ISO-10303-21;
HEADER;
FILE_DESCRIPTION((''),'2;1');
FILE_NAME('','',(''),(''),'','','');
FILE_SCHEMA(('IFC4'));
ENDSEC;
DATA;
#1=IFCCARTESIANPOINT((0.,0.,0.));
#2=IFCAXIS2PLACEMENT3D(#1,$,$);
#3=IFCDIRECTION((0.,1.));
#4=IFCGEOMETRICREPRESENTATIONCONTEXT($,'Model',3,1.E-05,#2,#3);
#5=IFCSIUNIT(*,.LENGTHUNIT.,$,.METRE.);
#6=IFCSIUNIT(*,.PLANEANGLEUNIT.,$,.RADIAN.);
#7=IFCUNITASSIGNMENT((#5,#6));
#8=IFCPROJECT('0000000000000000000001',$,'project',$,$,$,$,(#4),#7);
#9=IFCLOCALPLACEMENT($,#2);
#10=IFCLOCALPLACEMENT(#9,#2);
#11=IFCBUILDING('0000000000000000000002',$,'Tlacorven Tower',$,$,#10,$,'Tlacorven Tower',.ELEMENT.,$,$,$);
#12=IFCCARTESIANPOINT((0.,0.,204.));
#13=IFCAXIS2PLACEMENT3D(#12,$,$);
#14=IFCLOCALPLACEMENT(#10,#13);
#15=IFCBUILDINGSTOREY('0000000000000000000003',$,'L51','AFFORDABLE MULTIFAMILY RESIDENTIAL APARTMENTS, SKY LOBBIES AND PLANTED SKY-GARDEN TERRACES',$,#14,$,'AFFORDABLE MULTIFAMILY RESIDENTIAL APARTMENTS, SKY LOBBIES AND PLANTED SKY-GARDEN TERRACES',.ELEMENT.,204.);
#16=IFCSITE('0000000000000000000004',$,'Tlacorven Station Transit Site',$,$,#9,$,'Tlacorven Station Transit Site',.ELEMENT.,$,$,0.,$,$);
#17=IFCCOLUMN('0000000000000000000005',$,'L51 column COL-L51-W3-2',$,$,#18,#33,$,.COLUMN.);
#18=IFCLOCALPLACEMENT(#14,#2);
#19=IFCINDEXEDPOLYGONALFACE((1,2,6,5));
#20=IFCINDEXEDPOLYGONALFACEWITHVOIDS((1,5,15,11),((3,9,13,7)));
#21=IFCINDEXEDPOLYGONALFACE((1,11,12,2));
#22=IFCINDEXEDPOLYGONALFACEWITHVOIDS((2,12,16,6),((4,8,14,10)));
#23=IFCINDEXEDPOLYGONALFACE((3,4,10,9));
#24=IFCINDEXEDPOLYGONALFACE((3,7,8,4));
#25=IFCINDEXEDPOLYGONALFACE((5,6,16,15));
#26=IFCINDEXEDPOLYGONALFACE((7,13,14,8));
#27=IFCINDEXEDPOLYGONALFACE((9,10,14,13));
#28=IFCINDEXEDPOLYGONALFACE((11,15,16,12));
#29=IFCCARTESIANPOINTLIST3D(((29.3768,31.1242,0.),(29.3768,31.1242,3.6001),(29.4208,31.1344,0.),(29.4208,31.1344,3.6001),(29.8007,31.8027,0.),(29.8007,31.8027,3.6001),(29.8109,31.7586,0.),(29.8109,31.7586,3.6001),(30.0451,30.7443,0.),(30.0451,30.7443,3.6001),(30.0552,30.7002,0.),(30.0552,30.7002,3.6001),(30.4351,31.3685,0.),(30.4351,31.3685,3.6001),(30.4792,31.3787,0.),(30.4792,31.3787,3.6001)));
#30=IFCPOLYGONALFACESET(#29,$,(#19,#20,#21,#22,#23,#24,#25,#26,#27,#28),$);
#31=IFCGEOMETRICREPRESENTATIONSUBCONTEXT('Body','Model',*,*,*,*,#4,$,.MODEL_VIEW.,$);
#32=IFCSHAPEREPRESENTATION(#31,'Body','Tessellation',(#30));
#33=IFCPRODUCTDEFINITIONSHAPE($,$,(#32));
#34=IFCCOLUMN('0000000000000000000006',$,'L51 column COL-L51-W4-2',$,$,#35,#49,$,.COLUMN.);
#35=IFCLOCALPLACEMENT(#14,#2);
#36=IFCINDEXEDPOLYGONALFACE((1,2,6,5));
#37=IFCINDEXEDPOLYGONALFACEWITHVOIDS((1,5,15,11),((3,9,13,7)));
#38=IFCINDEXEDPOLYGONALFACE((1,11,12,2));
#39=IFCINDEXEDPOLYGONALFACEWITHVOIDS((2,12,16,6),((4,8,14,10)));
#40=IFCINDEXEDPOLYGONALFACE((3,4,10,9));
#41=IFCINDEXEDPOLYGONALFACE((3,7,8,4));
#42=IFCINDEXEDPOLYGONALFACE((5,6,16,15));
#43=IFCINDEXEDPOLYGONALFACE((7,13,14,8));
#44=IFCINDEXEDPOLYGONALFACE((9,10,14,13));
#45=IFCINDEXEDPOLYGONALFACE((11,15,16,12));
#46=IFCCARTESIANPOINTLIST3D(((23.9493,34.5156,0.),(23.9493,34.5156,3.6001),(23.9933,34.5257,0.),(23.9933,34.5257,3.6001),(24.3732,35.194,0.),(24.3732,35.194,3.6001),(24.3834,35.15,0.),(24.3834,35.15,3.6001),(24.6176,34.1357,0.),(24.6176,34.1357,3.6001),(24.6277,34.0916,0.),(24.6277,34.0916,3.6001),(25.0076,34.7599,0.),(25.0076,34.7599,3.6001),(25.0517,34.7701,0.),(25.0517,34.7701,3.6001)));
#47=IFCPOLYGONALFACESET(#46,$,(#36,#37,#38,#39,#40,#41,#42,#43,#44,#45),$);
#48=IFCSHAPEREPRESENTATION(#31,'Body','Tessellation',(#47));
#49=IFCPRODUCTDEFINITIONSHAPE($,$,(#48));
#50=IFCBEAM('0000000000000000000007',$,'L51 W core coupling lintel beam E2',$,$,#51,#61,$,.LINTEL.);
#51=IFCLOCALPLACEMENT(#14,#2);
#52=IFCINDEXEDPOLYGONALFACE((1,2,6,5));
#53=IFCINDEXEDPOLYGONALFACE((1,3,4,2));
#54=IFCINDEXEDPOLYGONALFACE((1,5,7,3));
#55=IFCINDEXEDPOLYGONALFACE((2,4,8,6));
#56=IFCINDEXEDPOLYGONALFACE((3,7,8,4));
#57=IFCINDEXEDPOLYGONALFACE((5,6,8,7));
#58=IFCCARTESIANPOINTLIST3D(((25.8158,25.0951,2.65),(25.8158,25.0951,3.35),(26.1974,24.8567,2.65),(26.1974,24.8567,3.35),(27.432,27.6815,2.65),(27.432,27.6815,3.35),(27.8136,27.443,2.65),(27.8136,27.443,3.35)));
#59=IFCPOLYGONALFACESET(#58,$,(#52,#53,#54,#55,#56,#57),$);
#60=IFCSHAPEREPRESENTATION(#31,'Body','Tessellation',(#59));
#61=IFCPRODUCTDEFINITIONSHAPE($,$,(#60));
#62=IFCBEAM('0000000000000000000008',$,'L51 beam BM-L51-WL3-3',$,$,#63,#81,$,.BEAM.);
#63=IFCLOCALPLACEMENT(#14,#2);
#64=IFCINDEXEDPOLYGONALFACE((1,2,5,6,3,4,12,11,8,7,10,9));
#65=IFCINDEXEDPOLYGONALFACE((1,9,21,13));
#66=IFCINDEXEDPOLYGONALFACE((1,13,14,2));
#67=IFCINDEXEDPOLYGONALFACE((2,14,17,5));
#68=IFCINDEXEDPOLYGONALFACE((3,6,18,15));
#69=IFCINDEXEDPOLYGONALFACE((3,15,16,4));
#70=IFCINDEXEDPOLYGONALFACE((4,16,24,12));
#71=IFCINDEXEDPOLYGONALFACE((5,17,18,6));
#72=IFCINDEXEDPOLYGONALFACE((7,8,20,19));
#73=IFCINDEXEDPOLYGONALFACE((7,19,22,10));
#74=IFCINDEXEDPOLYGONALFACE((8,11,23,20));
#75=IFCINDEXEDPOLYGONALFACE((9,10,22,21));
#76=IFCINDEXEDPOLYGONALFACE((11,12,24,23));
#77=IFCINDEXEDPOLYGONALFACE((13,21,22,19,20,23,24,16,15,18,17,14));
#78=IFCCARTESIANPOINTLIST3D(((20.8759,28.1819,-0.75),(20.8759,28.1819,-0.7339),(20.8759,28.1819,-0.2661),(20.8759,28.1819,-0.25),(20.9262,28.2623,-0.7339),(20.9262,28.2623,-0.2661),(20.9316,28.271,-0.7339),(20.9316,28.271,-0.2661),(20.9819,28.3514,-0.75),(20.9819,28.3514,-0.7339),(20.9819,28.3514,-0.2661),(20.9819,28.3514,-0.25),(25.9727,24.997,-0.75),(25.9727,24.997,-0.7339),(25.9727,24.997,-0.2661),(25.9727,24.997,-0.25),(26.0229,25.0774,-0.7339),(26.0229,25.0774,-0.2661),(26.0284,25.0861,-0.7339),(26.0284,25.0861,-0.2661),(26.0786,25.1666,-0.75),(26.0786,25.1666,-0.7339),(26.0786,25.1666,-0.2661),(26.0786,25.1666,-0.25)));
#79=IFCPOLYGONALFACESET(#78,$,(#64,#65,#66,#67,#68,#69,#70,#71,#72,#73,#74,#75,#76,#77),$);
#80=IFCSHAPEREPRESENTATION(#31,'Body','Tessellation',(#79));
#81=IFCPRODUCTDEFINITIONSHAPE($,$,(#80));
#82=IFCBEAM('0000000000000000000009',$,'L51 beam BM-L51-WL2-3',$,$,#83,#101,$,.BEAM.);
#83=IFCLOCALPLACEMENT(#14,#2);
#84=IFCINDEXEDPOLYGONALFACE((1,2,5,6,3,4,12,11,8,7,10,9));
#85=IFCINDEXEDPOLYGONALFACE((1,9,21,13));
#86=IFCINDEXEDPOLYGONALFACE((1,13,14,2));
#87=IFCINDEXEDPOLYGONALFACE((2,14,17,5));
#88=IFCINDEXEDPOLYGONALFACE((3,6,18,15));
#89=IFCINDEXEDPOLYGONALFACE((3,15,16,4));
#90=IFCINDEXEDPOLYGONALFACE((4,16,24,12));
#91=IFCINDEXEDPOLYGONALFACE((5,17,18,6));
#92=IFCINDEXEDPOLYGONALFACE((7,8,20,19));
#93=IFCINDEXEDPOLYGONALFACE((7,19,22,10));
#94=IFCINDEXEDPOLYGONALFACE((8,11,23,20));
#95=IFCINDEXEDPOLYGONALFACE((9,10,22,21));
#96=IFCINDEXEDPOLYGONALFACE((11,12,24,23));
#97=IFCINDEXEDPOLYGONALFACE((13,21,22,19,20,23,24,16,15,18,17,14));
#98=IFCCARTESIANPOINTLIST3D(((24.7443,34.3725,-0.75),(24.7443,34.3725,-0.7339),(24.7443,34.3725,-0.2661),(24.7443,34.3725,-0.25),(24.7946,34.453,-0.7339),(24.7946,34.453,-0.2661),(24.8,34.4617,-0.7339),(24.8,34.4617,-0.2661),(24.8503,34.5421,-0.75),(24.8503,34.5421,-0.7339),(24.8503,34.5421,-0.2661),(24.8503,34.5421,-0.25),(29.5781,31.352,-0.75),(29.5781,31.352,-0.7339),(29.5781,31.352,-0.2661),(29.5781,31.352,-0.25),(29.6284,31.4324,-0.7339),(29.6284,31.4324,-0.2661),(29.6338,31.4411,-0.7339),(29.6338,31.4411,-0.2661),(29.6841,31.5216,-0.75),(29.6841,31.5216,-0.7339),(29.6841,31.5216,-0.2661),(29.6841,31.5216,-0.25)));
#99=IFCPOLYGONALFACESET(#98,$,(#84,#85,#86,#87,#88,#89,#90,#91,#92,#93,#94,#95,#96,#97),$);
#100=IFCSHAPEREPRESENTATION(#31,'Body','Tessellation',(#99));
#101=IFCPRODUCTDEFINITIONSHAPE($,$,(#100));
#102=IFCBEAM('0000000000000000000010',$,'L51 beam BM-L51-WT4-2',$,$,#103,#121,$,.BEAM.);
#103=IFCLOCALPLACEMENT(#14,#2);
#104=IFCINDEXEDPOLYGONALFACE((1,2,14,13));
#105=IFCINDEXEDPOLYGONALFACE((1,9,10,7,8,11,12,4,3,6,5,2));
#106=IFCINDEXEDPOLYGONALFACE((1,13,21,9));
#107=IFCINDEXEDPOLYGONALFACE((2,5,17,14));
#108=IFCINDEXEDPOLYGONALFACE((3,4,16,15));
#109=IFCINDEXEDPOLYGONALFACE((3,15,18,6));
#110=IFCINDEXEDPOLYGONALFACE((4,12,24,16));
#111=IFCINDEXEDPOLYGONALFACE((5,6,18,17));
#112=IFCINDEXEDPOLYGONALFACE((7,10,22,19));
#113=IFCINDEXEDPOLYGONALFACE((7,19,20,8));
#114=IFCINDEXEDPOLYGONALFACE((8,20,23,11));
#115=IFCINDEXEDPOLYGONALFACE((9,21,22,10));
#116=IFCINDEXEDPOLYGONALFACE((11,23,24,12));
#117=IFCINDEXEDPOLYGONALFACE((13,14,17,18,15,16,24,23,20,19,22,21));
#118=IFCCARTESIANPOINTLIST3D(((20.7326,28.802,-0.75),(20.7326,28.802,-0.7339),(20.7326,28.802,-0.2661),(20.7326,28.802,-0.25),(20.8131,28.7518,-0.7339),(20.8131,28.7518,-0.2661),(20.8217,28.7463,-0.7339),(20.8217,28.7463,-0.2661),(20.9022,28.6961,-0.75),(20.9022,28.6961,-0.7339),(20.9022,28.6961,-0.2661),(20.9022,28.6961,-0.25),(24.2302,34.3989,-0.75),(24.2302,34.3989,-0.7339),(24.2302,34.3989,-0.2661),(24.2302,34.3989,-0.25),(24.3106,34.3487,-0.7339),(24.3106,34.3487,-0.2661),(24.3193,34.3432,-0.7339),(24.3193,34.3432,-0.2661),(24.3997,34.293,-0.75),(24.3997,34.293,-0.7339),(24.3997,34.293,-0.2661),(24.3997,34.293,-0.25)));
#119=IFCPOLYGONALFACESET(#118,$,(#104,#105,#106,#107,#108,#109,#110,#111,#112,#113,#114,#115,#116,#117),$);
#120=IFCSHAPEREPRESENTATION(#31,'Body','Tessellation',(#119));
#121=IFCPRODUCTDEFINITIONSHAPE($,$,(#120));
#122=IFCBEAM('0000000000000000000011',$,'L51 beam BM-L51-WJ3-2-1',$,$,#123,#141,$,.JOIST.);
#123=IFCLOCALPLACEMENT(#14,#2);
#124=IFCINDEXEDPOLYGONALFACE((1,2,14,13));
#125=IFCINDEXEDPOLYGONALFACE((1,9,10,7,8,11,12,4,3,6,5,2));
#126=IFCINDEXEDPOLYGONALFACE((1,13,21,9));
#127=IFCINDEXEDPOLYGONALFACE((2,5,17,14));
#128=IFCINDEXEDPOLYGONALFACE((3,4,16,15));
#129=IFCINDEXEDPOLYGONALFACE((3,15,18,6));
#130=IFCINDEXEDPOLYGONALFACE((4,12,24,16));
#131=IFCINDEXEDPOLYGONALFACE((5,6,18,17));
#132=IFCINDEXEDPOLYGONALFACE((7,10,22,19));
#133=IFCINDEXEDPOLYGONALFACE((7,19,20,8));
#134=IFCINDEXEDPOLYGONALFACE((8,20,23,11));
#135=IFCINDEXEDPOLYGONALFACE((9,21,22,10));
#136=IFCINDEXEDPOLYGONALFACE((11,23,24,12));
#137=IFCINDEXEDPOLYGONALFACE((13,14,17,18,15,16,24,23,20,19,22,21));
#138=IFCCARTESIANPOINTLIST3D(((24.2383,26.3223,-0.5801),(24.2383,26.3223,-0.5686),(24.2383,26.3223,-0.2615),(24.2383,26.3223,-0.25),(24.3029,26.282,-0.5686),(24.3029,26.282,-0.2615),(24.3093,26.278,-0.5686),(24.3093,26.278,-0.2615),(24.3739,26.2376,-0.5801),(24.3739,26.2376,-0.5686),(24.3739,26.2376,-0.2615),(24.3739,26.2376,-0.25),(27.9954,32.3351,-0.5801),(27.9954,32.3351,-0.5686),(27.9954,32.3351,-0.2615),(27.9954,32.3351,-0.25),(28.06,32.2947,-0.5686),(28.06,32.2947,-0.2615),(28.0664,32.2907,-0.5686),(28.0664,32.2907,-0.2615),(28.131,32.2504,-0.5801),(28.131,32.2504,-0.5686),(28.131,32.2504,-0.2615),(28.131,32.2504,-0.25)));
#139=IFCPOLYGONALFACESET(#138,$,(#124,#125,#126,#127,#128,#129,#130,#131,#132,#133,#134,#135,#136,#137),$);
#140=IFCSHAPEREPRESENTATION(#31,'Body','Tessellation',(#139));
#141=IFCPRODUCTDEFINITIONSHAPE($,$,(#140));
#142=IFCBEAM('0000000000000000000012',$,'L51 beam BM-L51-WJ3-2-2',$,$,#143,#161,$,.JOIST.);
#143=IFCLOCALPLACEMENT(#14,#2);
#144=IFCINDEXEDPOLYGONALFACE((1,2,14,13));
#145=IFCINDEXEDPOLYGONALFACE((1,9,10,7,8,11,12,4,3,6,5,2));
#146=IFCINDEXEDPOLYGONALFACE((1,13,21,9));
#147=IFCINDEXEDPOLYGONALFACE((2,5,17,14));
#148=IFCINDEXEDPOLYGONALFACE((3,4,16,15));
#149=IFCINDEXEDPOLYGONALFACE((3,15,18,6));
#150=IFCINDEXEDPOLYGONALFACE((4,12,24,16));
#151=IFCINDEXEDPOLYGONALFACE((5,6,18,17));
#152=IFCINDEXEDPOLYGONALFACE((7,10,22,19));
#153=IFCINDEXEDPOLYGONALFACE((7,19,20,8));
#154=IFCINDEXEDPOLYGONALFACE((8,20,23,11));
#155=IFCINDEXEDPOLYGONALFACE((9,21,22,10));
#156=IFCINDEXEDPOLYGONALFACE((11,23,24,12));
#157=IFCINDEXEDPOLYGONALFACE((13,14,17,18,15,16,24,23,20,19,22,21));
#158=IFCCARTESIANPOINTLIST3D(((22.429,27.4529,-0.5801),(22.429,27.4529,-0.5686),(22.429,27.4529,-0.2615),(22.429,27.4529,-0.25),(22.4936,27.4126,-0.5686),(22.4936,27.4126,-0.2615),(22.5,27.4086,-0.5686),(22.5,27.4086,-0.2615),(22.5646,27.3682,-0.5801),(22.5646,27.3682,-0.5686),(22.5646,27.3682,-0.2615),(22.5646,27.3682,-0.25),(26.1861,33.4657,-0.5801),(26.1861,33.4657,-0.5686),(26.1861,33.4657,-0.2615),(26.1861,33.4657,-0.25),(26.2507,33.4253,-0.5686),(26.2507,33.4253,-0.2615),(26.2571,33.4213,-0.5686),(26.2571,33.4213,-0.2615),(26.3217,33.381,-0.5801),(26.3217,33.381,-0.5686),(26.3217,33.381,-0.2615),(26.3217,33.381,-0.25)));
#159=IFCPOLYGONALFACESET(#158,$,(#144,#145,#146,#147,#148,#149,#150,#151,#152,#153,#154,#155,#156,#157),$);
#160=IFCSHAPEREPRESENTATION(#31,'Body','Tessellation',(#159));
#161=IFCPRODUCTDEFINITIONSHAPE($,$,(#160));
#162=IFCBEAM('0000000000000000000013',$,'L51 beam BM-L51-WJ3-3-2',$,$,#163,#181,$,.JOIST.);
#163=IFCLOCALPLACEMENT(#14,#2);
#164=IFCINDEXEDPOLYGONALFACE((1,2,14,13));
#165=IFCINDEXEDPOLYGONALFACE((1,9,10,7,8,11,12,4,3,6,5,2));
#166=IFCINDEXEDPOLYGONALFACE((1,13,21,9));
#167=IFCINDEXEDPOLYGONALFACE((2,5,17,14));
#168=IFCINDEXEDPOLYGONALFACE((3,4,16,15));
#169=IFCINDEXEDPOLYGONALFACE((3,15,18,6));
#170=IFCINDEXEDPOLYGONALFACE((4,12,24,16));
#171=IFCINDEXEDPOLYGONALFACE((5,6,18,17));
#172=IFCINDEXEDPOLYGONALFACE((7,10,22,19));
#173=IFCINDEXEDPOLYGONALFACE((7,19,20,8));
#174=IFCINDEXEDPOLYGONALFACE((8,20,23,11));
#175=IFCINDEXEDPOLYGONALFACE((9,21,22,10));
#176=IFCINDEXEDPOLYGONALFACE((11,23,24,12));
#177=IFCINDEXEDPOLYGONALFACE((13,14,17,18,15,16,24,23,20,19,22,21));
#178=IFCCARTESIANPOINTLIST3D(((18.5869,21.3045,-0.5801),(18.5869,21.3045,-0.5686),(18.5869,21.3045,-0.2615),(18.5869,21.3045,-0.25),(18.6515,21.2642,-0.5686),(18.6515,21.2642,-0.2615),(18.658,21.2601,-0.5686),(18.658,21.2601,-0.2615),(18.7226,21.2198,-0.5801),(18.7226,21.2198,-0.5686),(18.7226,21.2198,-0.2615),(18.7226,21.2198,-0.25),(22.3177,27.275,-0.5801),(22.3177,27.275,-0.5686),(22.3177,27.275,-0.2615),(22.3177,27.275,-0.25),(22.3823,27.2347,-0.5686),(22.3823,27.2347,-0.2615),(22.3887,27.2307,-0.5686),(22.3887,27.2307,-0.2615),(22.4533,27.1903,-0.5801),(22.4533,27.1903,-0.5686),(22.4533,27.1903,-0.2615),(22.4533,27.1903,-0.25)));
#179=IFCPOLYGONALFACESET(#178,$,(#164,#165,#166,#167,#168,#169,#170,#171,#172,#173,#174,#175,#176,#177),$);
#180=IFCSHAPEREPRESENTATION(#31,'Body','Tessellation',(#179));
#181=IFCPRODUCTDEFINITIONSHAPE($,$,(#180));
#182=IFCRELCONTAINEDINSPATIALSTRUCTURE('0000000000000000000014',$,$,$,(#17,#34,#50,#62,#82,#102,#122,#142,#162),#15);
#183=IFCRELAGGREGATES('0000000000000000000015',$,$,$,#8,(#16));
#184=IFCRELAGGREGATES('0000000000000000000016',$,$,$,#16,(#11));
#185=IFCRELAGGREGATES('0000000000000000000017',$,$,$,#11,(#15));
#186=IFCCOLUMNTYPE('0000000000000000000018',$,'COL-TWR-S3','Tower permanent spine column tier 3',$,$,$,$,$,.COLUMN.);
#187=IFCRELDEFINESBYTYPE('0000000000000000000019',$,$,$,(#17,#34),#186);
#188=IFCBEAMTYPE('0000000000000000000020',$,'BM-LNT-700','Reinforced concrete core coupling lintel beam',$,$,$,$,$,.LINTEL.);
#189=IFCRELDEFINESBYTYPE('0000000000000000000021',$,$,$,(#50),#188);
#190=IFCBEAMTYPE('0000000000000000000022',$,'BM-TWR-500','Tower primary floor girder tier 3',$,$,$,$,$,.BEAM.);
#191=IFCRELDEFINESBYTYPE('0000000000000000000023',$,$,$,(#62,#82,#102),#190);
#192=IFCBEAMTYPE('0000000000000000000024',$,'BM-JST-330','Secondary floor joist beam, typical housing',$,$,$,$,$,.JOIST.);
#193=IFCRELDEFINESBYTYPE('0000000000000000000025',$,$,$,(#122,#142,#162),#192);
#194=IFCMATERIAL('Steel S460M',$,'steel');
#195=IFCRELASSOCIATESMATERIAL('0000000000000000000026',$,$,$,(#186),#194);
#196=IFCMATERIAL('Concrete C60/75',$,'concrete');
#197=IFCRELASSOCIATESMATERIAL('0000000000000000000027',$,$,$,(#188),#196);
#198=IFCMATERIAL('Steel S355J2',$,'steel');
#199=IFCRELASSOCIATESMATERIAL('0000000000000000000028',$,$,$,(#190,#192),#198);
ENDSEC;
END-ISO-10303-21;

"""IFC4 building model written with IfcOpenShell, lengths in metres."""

from ifc_helpers import new_model, si_unit, direction, frame, origin, origin_2d, place, context, subcontext, project, spatial, rectangle, hollow_rectangle, i_section, extrude, source, transform, mapped, material, material_profile, profile_set, type_object, element, save


model = new_model("IFC4")

# Units and contexts
model_context = context("Model", 3, precision=1e-05, world=origin(), true_north=direction((0.0, 1.0)))
body_context = subcontext(model_context, "Body", "Model", "MODEL_VIEW")
ifc_project = project(units=[si_unit("LENGTHUNIT", "METRE"), si_unit("PLANEANGLEUNIT", "RADIAN")], contexts=[model_context])

# Site, building, storey
site_placement = place(None, origin())
site = spatial("IfcSite", under=ifc_project, at=site_placement, Name="Tlacorven Station Transit Site", LongName="Tlacorven Station Transit Site", CompositionType="ELEMENT", RefElevation=0.0)
building_placement = place(site_placement, origin())
building = spatial("IfcBuilding", under=site, at=building_placement, Name="Tlacorven Tower", LongName="Tlacorven Tower", CompositionType="ELEMENT")
storey_placement = place(building_placement, frame((0.0, 0.0, 204.0)))
storey = spatial("IfcBuildingStorey", under=building, at=storey_placement, Name="L51", Description="AFFORDABLE MULTIFAMILY RESIDENTIAL APARTMENTS, SKY LOBBIES AND PLANTED SKY-GARDEN TERRACES", LongName="AFFORDABLE MULTIFAMILY RESIDENTIAL APARTMENTS, SKY LOBBIES AND PLANTED SKY-GARDEN TERRACES", CompositionType="ELEMENT", Elevation=204.0)

# Columns
ifc_material_1 = material(Name="Steel S460M", Category="steel")
ifc_material_profile_1 = material_profile(ifc_material_1, hollow_rectangle(XDim=0.8, YDim=0.8, WallThickness=0.032, at=origin_2d()), Name="BOX 800X800X32")
ifc_profile_set_1 = profile_set([ifc_material_profile_1], Name="Steel S460M")
column_type = type_object("IfcColumnType", Name="COL-TWR-S3", Description="Tower permanent spine column tier 3", PredefinedType="COLUMN", material=ifc_profile_set_1)
shared_shape_1 = source(origin(), body_context, "Body", "SweptSolid", [
    extrude(hollow_rectangle(XDim=0.8, YDim=0.8, WallThickness=0.032, at=origin_2d()), origin(), (0.0, 0.0, 1.0), 3.6001),
])
for number, where, z_axis, x_axis, name in (
    (1, (29.928, 31.2515, 0.0), (0.0, 0.0, 1.0), (-0.848048, 0.529919, 0.0), "L51 column COL-L51-W3-2"),
    (2, (24.5005, 34.6428, 0.0), (0.0, 0.0, 1.0), (-0.848048, 0.529919, 0.0), "L51 column COL-L51-W4-2"),
):
    element("IfcColumn", number, at=place(storey_placement, frame(where, z_axis=z_axis, x_axis=x_axis)), inside=storey, type_object=column_type, Name=name, PredefinedType="COLUMN", context=body_context, shape_type="MappedRepresentation", body=[
        mapped(shared_shape_1, transform((0.0, 0.0, 0.0), scale=1.0)),
    ])

# Beams
ifc_material_2 = material(Name="Concrete C60/75", Category="concrete")
ifc_material_profile_2 = material_profile(ifc_material_2, rectangle(XDim=0.45, YDim=0.7, at=origin_2d()), Name="RC 450X700")
ifc_profile_set_2 = profile_set([ifc_material_profile_2], Name="Concrete C60/75")
beam_type_1 = type_object("IfcBeamType", Name="BM-LNT-700", Description="Reinforced concrete core coupling lintel beam", PredefinedType="LINTEL", material=ifc_profile_set_2)
shared_shape_2 = source(origin(), body_context, "Body", "SweptSolid", [
    extrude(rectangle(XDim=0.45, YDim=0.7, at=origin_2d()), origin(), (0.0, 0.0, 1.0), 3.0498),
])
beam_1_placement = place(storey_placement, frame((27.6228, 27.5623, 3.0), z_axis=(-0.529927, -0.848043, 0.0), x_axis=(0.848043, -0.529927, 0.0)))
element("IfcBeam", 3, at=beam_1_placement, inside=storey, type_object=beam_type_1, Name="L51 W core coupling lintel beam E2", PredefinedType="LINTEL", context=body_context, shape_type="MappedRepresentation", body=[
    mapped(shared_shape_2, transform((0.0, 0.0, 0.0), scale=1.0)),
])
ifc_material_3 = material(Name="Steel S355J2", Category="steel")
ifc_material_profile_3 = material_profile(ifc_material_3, i_section(OverallWidth=0.2, OverallDepth=0.5, WebThickness=0.0103, FlangeThickness=0.0161, at=origin_2d()), Name="IPE 500")
ifc_profile_set_3 = profile_set([ifc_material_profile_3], Name="Steel S355J2")
beam_type_2 = type_object("IfcBeamType", Name="BM-TWR-500", Description="Tower primary floor girder tier 3", PredefinedType="BEAM", material=ifc_profile_set_3)
shared_shape_3 = source(origin(), body_context, "Body", "SweptSolid", [
    extrude(i_section(OverallWidth=0.2, OverallDepth=0.5, WebThickness=0.0103, FlangeThickness=0.0161, at=origin_2d()), origin(), (0.0, 0.0, 1.0), 6.01),
])
beam_2_placement = place(storey_placement, frame((26.0256, 25.0818, -0.5), z_axis=(-0.848044, 0.529926, 0.0), x_axis=(-0.529926, -0.848044, 0.0)))
element("IfcBeam", 4, at=beam_2_placement, inside=storey, type_object=beam_type_2, Name="L51 beam BM-L51-WL3-3", PredefinedType="BEAM", context=body_context, shape_type="MappedRepresentation", body=[
    mapped(shared_shape_3, transform((0.0, 0.0, 0.0), scale=1.0)),
])
shared_shape_4 = source(origin(), body_context, "Body", "SweptSolid", [
    extrude(i_section(OverallWidth=0.2, OverallDepth=0.5, WebThickness=0.0103, FlangeThickness=0.0161, at=origin_2d()), origin(), (0.0, 0.0, 1.0), 5.7),
])
beam_3_placement = place(storey_placement, frame((29.6311, 31.4368, -0.5), z_axis=(-0.848044, 0.529926, 0.0), x_axis=(-0.529926, -0.848044, 0.0)))
element("IfcBeam", 5, at=beam_3_placement, inside=storey, type_object=beam_type_2, Name="L51 beam BM-L51-WL2-3", PredefinedType="BEAM", context=body_context, shape_type="MappedRepresentation", body=[
    mapped(shared_shape_4, transform((0.0, 0.0, 0.0), scale=1.0)),
])
shared_shape_5 = source(origin(), body_context, "Body", "SweptSolid", [
    extrude(i_section(OverallWidth=0.2, OverallDepth=0.5, WebThickness=0.0103, FlangeThickness=0.0161, at=origin_2d()), origin(), (0.0, 0.0, 1.0), 6.5999),
])
beam_4_placement = place(storey_placement, frame((24.3149, 34.3459, -0.5), z_axis=(-0.529942, -0.848034, 0.0), x_axis=(0.848034, -0.529942, 0.0)))
element("IfcBeam", 6, at=beam_4_placement, inside=storey, type_object=beam_type_2, Name="L51 beam BM-L51-WT4-2", PredefinedType="BEAM", context=body_context, shape_type="MappedRepresentation", body=[
    mapped(shared_shape_5, transform((0.0, 0.0, 0.0), scale=1.0)),
])
ifc_material_profile_4 = material_profile(ifc_material_3, i_section(OverallWidth=0.1599, OverallDepth=0.3301, WebThickness=0.0076, FlangeThickness=0.0115, at=origin_2d()), Name="IPE 330")
ifc_profile_set_4 = profile_set([ifc_material_profile_4], Name="Steel S355J2")
beam_type_3 = type_object("IfcBeamType", Name="BM-JST-330", Description="Secondary floor joist beam, typical housing", PredefinedType="JOIST", material=ifc_profile_set_4)
shared_shape_6 = source(origin(), body_context, "Body", "SweptSolid", [
    extrude(i_section(OverallWidth=0.1599, OverallDepth=0.3301, WebThickness=0.0076, FlangeThickness=0.0115, at=origin_2d()), origin(), (0.0, 0.0, 1.0), 7.0901),
])
for number, where, z_axis, x_axis, name in (
    (7, (28.0632, 32.2927, -0.415), (-0.529912, -0.848052, 0.0), (0.848052, -0.529912, 0.0), "L51 beam BM-L51-WJ3-2-1"),
    (8, (26.2539, 33.4233, -0.415), (-0.529912, -0.848052, 0.0), (0.848052, -0.529912, 0.0), "L51 beam BM-L51-WJ3-2-2"),
):
    element("IfcBeam", number, at=place(storey_placement, frame(where, z_axis=z_axis, x_axis=x_axis)), inside=storey, type_object=beam_type_3, Name=name, PredefinedType="JOIST", context=body_context, shape_type="MappedRepresentation", body=[
        mapped(shared_shape_6, transform((0.0, 0.0, 0.0), scale=1.0)),
    ])
shared_shape_7 = source(origin(), body_context, "Body", "SweptSolid", [
    extrude(i_section(OverallWidth=0.1599, OverallDepth=0.3301, WebThickness=0.0076, FlangeThickness=0.0115, at=origin_2d()), origin(), (0.0, 0.0, 1.0), 7.0403),
])
beam_5_placement = place(storey_placement, frame((22.3855, 27.2327, -0.415), z_axis=(-0.529915, -0.848051, 0.0), x_axis=(0.848051, -0.529915, 0.0)))
element("IfcBeam", 9, at=beam_5_placement, inside=storey, type_object=beam_type_3, Name="L51 beam BM-L51-WJ3-3-2", PredefinedType="JOIST", context=body_context, shape_type="MappedRepresentation", body=[
    mapped(shared_shape_7, transform((0.0, 0.0, 0.0), scale=1.0)),
])

save(model, "model.ifc")
